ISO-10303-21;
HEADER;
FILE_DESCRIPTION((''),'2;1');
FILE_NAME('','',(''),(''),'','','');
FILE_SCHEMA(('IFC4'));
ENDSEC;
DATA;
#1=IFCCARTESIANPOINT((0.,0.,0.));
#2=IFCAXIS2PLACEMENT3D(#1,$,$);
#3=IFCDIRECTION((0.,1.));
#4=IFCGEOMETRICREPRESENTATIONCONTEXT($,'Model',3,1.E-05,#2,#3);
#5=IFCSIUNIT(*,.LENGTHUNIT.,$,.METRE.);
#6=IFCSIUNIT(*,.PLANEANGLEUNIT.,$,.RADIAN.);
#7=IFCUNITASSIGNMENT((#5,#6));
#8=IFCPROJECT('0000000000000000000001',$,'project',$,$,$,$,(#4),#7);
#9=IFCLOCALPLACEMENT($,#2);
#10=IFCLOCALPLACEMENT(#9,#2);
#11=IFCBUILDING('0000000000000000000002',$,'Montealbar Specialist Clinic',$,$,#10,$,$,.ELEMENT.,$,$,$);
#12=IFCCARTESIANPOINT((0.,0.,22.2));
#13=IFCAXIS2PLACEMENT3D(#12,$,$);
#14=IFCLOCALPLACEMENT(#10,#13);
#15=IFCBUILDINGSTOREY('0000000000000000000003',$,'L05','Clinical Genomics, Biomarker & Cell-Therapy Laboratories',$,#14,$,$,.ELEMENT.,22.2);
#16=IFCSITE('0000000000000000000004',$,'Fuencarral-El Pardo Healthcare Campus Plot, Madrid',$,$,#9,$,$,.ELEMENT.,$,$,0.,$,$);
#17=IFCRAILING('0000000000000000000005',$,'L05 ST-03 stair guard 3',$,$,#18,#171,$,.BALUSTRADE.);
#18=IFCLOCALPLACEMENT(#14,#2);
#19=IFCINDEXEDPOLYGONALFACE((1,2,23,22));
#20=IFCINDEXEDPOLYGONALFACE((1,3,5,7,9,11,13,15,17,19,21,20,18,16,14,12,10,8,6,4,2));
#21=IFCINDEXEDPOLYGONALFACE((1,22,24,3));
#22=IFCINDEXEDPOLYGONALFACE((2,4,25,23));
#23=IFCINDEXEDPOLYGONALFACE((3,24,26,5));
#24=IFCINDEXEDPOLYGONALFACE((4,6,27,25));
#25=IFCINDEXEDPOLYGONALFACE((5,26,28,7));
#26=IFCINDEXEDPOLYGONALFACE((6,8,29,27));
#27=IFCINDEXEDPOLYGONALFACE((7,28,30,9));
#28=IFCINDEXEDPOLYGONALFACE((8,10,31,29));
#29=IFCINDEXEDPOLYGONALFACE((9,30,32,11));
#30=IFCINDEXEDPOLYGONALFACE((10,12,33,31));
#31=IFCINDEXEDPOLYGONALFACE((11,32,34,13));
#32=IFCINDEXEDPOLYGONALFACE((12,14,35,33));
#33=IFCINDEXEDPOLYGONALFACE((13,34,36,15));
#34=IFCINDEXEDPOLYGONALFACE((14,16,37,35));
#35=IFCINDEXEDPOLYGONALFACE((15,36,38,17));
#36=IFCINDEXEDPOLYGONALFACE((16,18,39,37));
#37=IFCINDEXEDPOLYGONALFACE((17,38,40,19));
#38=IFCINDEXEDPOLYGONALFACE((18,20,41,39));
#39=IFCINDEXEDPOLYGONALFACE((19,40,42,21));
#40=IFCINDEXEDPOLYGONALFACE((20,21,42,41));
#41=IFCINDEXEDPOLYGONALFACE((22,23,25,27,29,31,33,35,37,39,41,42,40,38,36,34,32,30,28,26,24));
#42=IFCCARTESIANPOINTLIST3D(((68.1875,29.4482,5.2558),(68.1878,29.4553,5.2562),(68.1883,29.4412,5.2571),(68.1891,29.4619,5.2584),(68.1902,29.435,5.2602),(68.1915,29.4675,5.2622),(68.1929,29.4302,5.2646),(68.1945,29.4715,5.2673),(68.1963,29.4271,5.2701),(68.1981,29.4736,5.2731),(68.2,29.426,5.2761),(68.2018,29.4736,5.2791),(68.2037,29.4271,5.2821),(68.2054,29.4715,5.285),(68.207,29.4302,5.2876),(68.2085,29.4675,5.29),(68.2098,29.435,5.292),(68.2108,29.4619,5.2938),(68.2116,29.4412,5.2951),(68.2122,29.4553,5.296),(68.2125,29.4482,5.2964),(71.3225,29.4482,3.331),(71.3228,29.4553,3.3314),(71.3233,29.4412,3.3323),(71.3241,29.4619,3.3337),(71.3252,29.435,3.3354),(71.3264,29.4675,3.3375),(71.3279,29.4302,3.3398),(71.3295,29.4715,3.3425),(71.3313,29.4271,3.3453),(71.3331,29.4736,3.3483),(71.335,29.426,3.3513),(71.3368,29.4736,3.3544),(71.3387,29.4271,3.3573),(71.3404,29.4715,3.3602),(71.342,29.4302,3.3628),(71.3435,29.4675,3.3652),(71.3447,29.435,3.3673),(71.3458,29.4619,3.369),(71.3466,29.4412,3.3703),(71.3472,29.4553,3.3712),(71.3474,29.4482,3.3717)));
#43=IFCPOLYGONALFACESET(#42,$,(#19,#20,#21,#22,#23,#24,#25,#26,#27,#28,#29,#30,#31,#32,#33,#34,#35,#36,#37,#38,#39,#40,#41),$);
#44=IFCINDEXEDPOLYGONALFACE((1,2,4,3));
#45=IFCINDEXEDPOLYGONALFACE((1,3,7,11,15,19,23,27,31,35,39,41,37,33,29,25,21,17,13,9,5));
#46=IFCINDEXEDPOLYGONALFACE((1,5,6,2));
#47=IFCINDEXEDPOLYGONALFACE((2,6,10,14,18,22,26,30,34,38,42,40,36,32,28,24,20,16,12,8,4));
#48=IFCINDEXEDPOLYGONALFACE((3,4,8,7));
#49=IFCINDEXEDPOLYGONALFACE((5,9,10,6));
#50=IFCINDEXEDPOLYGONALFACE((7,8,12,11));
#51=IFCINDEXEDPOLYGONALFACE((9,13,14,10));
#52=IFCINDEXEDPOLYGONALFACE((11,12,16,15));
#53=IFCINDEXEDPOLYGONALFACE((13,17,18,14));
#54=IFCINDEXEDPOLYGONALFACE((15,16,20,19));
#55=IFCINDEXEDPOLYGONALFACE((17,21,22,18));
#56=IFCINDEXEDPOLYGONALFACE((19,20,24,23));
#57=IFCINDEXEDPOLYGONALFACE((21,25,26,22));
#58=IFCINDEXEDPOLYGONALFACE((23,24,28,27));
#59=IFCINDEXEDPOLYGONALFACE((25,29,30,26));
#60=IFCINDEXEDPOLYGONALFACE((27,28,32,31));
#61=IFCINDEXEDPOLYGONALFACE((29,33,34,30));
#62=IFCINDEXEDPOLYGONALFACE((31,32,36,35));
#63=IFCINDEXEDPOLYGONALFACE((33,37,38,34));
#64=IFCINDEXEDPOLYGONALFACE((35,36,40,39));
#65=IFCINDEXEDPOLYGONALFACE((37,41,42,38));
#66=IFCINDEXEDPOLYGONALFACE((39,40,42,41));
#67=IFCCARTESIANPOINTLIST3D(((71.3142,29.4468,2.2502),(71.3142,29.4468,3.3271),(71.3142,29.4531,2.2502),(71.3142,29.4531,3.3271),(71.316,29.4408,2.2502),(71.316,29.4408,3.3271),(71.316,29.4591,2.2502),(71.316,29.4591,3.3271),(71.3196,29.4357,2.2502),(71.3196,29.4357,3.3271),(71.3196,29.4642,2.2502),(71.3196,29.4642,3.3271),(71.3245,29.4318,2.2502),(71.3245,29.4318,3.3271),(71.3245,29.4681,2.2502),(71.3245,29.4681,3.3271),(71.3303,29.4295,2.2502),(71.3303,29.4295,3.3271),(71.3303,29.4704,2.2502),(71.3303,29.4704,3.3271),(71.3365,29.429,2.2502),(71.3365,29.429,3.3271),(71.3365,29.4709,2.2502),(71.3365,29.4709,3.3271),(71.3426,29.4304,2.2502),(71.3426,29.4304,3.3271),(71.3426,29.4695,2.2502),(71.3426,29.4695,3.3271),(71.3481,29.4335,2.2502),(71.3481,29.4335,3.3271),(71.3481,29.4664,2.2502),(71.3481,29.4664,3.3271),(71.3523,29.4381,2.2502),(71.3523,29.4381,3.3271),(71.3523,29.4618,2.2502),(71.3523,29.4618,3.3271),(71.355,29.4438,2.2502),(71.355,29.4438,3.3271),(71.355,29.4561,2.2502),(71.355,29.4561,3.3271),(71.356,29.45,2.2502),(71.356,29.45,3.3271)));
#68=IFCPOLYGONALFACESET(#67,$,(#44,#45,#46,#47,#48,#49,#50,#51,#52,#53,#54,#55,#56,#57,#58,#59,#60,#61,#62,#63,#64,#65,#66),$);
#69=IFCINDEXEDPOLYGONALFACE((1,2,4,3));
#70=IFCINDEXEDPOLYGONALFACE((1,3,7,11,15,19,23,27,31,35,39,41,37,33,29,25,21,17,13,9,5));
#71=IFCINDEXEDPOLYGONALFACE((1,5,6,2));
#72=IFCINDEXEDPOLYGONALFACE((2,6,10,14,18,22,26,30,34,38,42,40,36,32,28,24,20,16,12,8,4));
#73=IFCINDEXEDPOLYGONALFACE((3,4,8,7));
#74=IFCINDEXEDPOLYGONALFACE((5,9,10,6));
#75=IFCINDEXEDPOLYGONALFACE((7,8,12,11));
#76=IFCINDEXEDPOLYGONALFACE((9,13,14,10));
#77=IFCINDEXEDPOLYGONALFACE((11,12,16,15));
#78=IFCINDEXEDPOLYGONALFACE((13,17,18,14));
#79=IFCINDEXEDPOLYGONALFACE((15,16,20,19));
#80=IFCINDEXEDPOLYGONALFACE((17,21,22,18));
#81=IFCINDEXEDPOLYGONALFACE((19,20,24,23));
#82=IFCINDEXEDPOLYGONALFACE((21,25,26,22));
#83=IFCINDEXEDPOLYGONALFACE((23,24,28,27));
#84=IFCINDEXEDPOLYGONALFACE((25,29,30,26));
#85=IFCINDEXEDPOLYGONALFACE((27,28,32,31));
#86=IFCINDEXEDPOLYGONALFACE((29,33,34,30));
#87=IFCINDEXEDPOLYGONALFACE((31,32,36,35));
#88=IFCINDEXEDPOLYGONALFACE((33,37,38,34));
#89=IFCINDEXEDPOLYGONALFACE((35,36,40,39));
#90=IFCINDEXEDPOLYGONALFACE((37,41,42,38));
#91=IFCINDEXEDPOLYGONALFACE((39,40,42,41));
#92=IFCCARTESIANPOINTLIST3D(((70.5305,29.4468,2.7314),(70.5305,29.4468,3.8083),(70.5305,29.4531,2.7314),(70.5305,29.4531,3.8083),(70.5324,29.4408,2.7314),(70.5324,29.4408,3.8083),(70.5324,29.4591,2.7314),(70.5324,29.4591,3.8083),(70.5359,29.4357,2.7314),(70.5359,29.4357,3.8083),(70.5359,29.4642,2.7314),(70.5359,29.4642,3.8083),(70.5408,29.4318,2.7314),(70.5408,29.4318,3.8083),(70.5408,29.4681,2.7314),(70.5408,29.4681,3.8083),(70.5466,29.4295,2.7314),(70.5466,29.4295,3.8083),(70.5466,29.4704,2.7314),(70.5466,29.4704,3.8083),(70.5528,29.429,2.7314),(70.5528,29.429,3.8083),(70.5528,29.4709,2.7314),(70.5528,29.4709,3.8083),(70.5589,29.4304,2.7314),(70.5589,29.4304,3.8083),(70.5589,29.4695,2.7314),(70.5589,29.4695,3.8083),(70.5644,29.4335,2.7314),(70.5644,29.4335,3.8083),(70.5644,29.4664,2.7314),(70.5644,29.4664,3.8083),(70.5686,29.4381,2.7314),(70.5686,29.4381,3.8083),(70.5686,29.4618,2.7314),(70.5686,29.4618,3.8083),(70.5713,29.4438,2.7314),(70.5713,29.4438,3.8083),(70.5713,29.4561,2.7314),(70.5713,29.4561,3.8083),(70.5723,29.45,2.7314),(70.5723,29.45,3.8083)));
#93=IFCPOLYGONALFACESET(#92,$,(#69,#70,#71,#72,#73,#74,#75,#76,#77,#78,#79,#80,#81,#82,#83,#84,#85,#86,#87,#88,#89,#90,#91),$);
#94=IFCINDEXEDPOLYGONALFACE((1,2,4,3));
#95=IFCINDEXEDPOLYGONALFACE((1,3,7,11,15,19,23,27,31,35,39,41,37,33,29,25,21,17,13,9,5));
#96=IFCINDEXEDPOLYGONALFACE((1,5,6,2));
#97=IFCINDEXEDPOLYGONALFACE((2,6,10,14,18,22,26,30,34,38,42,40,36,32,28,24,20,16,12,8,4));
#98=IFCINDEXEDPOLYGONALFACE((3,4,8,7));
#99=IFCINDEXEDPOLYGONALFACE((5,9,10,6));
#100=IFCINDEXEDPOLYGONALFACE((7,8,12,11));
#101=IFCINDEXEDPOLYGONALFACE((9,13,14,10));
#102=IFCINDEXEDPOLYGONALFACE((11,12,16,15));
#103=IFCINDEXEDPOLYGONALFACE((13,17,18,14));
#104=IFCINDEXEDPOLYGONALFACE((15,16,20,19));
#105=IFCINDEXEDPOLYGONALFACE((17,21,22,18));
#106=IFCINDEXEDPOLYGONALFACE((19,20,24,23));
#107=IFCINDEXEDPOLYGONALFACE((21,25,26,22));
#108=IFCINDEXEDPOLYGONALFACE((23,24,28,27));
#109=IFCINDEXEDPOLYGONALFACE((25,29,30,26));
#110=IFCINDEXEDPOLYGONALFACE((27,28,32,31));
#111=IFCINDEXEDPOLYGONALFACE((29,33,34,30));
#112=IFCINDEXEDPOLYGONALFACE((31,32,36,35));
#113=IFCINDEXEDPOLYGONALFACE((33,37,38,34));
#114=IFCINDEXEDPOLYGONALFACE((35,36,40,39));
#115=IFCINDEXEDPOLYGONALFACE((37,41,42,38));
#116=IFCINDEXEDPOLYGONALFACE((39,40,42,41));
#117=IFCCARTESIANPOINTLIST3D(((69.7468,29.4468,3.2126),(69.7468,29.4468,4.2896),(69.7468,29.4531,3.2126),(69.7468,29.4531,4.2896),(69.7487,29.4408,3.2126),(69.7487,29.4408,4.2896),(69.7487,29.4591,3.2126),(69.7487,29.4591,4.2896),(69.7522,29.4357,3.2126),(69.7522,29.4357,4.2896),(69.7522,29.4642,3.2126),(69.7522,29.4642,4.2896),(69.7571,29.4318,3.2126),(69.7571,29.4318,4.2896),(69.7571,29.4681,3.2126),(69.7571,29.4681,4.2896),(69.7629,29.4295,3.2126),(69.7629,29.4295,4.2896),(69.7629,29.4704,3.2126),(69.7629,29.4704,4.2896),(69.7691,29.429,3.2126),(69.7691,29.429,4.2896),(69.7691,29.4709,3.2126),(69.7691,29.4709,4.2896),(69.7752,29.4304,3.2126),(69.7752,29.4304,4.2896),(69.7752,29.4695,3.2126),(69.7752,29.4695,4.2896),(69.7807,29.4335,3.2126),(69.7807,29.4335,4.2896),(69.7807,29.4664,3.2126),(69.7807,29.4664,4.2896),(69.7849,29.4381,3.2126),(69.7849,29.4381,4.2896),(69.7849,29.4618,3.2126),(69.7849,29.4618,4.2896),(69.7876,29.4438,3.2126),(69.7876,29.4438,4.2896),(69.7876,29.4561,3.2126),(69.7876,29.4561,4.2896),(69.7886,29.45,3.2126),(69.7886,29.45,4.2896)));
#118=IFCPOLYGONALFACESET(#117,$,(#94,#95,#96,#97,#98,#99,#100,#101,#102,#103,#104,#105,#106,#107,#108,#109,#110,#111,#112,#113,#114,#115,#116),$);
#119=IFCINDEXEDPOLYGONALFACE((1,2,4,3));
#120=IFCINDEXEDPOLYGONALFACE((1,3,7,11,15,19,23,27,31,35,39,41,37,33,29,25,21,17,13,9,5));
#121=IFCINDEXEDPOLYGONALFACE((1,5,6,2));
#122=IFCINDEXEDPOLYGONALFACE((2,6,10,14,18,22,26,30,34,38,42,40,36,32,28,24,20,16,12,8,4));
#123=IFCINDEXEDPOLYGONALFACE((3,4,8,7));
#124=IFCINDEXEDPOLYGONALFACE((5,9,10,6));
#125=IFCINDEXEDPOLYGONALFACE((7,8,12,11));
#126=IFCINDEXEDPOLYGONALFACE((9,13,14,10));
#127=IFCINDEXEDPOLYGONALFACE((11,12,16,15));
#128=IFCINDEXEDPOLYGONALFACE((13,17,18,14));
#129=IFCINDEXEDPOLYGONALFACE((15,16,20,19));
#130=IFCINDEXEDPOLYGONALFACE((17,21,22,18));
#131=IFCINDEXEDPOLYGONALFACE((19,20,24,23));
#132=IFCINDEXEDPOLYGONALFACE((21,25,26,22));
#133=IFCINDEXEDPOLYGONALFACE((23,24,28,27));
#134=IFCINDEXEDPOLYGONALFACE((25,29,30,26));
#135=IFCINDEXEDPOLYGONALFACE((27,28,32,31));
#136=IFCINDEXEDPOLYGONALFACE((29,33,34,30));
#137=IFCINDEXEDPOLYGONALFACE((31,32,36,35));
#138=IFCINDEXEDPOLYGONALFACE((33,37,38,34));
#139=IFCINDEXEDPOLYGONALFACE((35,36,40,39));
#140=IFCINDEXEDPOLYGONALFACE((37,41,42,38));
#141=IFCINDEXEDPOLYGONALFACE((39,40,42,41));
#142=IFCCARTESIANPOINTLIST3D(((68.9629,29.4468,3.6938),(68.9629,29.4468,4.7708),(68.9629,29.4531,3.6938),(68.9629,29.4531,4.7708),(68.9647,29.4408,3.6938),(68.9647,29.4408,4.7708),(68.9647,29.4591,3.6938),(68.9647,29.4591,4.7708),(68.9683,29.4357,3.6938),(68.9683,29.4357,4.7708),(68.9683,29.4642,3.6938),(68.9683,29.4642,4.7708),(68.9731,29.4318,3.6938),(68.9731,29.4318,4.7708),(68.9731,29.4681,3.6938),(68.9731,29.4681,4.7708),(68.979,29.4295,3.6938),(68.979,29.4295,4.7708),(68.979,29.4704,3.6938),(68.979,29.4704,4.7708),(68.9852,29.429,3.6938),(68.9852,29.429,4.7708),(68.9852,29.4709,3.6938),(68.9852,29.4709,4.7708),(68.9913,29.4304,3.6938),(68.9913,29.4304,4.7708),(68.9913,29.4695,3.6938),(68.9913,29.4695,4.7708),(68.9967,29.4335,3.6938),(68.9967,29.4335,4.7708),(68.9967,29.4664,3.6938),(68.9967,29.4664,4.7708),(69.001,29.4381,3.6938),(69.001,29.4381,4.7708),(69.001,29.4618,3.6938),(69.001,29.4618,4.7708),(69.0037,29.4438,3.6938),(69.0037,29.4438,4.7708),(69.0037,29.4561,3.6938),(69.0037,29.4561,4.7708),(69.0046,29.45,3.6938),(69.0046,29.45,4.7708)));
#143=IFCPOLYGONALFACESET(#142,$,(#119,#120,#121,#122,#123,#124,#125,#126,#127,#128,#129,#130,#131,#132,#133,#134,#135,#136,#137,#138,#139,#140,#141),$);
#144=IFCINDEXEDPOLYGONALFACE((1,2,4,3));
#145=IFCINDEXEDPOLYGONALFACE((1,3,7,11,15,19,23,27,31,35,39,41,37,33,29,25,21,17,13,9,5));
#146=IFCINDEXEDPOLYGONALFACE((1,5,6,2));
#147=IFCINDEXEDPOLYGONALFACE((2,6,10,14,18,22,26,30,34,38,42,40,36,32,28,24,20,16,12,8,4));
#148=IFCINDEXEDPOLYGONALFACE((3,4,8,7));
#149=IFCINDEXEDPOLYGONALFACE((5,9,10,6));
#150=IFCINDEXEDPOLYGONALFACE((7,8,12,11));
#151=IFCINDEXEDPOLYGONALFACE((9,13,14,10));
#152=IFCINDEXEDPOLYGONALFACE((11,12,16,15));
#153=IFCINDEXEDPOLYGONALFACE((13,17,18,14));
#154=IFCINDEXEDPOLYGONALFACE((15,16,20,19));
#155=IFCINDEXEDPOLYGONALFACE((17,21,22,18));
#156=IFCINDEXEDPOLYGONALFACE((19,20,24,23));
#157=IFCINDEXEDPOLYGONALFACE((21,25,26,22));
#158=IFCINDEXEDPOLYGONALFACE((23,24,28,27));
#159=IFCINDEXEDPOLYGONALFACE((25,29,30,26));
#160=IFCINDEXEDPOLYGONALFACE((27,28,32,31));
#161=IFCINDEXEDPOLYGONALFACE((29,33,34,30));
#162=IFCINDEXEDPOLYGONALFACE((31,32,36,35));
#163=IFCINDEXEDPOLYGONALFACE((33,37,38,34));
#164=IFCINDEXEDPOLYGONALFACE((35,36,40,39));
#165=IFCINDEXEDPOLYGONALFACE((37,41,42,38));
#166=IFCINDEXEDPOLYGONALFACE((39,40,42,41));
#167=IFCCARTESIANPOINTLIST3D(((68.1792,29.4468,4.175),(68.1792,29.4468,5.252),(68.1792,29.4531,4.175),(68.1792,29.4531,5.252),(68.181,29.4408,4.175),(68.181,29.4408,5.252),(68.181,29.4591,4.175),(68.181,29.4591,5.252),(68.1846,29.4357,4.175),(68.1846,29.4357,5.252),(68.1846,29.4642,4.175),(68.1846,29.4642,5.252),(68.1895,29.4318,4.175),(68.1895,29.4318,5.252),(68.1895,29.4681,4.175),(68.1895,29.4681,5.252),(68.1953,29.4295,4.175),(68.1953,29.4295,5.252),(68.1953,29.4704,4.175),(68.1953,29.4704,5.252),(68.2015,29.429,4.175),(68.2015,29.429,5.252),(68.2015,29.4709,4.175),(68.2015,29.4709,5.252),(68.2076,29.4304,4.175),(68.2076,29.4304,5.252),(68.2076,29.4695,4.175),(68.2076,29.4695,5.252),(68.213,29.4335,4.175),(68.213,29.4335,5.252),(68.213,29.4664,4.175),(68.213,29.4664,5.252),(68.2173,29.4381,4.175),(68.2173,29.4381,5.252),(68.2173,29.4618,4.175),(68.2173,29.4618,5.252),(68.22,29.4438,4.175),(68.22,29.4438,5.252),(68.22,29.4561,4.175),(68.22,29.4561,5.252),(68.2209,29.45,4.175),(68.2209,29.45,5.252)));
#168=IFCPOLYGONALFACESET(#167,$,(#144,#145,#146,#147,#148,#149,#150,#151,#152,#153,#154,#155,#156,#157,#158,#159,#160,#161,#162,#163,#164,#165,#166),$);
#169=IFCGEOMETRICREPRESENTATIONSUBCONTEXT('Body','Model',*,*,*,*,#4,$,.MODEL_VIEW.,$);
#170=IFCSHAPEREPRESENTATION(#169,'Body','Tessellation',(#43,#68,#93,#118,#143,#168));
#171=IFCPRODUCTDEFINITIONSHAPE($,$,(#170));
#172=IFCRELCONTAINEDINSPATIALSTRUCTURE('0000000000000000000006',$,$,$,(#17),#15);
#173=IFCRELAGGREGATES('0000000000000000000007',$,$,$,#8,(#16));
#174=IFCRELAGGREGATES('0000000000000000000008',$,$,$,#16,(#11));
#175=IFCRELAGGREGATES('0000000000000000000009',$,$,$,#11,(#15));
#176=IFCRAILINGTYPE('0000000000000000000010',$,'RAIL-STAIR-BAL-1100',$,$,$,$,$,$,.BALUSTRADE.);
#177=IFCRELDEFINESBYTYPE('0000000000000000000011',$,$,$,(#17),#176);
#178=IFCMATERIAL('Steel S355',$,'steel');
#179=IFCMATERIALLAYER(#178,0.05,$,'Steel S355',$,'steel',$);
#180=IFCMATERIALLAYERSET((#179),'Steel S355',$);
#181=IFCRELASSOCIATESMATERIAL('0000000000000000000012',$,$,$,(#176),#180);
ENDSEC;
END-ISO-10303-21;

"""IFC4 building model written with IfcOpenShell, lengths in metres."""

from ifc_helpers import new_model, si_unit, direction, frame, origin, origin_2d, place, context, subcontext, project, spatial, circle, extrude, material, layer, layer_set, type_object, element, save


model = new_model("IFC4")

# Units and contexts
model_context = context("Model", 3, precision=1e-05, world=origin(), true_north=direction((0.0, 1.0)))
body_context = subcontext(model_context, "Body", "Model", "MODEL_VIEW")
ifc_project = project(units=[si_unit("LENGTHUNIT", "METRE"), si_unit("PLANEANGLEUNIT", "RADIAN")], contexts=[model_context])

# Site, building, storey
site_placement = place(None, origin())
site = spatial("IfcSite", under=ifc_project, at=site_placement, Name="Fuencarral-El Pardo Healthcare Campus Plot, Madrid", CompositionType="ELEMENT", RefElevation=0.0)
building_placement = place(site_placement, origin())
building = spatial("IfcBuilding", under=site, at=building_placement, Name="Montealbar Specialist Clinic", CompositionType="ELEMENT")
storey_placement = place(building_placement, frame((0.0, 0.0, 22.2)))
storey = spatial("IfcBuildingStorey", under=building, at=storey_placement, Name="L05", Description="Clinical Genomics, Biomarker & Cell-Therapy Laboratories", CompositionType="ELEMENT", Elevation=22.2)

# Shared definitions
ifc_material_1 = material(Name="Steel S355", Category="steel")

# Railing
ifc_layer_1 = layer(ifc_material_1, 0.05, Name="Steel S355", Category="steel")
ifc_layer_set_1 = layer_set([ifc_layer_1], Name="Steel S355")
railing_type_1 = type_object("IfcRailingType", Name="RAIL-STAIR-BAL-1100", PredefinedType="BALUSTRADE", material=ifc_layer_set_1)
railing_1_placement = place(storey_placement, frame((71.335, 29.45, 2.2751)))
element("IfcRailing", 1, at=railing_1_placement, inside=storey, type_object=railing_type_1, Name="L05 ST-03 stair guard 3", PredefinedType="BALUSTRADE", context=body_context, shape_type="SweptSolid", body=[
    extrude(circle(Radius=0.0239, at=origin_2d()), frame((0.0, 0.0, 1.0762), z_axis=(-0.852196, 0.0, 0.523223), x_axis=(0.0, -1.0, 0.0)), (0.0, 0.0, 1.0), 3.6787),
    extrude(circle(Radius=0.021, at=origin_2d()), frame((0.0, 0.0, -0.0249)), (0.0, 0.0, 1.0), 1.0769),
    extrude(circle(Radius=0.021, at=origin_2d()), frame((-0.7837, 0.0, 0.4563)), (0.0, 0.0, 1.0), 1.0769),
    extrude(circle(Radius=0.021, at=origin_2d()), frame((-1.5674, 0.0, 0.9375)), (0.0, 0.0, 1.0), 1.0769),
    extrude(circle(Radius=0.021, at=origin_2d()), frame((-2.3513, 0.0, 1.4187)), (0.0, 0.0, 1.0), 1.0769),
    extrude(circle(Radius=0.021, at=origin_2d()), frame((-3.135, 0.0, 1.8999)), (0.0, 0.0, 1.0), 1.0769),
])

save(model, "model.ifc")
